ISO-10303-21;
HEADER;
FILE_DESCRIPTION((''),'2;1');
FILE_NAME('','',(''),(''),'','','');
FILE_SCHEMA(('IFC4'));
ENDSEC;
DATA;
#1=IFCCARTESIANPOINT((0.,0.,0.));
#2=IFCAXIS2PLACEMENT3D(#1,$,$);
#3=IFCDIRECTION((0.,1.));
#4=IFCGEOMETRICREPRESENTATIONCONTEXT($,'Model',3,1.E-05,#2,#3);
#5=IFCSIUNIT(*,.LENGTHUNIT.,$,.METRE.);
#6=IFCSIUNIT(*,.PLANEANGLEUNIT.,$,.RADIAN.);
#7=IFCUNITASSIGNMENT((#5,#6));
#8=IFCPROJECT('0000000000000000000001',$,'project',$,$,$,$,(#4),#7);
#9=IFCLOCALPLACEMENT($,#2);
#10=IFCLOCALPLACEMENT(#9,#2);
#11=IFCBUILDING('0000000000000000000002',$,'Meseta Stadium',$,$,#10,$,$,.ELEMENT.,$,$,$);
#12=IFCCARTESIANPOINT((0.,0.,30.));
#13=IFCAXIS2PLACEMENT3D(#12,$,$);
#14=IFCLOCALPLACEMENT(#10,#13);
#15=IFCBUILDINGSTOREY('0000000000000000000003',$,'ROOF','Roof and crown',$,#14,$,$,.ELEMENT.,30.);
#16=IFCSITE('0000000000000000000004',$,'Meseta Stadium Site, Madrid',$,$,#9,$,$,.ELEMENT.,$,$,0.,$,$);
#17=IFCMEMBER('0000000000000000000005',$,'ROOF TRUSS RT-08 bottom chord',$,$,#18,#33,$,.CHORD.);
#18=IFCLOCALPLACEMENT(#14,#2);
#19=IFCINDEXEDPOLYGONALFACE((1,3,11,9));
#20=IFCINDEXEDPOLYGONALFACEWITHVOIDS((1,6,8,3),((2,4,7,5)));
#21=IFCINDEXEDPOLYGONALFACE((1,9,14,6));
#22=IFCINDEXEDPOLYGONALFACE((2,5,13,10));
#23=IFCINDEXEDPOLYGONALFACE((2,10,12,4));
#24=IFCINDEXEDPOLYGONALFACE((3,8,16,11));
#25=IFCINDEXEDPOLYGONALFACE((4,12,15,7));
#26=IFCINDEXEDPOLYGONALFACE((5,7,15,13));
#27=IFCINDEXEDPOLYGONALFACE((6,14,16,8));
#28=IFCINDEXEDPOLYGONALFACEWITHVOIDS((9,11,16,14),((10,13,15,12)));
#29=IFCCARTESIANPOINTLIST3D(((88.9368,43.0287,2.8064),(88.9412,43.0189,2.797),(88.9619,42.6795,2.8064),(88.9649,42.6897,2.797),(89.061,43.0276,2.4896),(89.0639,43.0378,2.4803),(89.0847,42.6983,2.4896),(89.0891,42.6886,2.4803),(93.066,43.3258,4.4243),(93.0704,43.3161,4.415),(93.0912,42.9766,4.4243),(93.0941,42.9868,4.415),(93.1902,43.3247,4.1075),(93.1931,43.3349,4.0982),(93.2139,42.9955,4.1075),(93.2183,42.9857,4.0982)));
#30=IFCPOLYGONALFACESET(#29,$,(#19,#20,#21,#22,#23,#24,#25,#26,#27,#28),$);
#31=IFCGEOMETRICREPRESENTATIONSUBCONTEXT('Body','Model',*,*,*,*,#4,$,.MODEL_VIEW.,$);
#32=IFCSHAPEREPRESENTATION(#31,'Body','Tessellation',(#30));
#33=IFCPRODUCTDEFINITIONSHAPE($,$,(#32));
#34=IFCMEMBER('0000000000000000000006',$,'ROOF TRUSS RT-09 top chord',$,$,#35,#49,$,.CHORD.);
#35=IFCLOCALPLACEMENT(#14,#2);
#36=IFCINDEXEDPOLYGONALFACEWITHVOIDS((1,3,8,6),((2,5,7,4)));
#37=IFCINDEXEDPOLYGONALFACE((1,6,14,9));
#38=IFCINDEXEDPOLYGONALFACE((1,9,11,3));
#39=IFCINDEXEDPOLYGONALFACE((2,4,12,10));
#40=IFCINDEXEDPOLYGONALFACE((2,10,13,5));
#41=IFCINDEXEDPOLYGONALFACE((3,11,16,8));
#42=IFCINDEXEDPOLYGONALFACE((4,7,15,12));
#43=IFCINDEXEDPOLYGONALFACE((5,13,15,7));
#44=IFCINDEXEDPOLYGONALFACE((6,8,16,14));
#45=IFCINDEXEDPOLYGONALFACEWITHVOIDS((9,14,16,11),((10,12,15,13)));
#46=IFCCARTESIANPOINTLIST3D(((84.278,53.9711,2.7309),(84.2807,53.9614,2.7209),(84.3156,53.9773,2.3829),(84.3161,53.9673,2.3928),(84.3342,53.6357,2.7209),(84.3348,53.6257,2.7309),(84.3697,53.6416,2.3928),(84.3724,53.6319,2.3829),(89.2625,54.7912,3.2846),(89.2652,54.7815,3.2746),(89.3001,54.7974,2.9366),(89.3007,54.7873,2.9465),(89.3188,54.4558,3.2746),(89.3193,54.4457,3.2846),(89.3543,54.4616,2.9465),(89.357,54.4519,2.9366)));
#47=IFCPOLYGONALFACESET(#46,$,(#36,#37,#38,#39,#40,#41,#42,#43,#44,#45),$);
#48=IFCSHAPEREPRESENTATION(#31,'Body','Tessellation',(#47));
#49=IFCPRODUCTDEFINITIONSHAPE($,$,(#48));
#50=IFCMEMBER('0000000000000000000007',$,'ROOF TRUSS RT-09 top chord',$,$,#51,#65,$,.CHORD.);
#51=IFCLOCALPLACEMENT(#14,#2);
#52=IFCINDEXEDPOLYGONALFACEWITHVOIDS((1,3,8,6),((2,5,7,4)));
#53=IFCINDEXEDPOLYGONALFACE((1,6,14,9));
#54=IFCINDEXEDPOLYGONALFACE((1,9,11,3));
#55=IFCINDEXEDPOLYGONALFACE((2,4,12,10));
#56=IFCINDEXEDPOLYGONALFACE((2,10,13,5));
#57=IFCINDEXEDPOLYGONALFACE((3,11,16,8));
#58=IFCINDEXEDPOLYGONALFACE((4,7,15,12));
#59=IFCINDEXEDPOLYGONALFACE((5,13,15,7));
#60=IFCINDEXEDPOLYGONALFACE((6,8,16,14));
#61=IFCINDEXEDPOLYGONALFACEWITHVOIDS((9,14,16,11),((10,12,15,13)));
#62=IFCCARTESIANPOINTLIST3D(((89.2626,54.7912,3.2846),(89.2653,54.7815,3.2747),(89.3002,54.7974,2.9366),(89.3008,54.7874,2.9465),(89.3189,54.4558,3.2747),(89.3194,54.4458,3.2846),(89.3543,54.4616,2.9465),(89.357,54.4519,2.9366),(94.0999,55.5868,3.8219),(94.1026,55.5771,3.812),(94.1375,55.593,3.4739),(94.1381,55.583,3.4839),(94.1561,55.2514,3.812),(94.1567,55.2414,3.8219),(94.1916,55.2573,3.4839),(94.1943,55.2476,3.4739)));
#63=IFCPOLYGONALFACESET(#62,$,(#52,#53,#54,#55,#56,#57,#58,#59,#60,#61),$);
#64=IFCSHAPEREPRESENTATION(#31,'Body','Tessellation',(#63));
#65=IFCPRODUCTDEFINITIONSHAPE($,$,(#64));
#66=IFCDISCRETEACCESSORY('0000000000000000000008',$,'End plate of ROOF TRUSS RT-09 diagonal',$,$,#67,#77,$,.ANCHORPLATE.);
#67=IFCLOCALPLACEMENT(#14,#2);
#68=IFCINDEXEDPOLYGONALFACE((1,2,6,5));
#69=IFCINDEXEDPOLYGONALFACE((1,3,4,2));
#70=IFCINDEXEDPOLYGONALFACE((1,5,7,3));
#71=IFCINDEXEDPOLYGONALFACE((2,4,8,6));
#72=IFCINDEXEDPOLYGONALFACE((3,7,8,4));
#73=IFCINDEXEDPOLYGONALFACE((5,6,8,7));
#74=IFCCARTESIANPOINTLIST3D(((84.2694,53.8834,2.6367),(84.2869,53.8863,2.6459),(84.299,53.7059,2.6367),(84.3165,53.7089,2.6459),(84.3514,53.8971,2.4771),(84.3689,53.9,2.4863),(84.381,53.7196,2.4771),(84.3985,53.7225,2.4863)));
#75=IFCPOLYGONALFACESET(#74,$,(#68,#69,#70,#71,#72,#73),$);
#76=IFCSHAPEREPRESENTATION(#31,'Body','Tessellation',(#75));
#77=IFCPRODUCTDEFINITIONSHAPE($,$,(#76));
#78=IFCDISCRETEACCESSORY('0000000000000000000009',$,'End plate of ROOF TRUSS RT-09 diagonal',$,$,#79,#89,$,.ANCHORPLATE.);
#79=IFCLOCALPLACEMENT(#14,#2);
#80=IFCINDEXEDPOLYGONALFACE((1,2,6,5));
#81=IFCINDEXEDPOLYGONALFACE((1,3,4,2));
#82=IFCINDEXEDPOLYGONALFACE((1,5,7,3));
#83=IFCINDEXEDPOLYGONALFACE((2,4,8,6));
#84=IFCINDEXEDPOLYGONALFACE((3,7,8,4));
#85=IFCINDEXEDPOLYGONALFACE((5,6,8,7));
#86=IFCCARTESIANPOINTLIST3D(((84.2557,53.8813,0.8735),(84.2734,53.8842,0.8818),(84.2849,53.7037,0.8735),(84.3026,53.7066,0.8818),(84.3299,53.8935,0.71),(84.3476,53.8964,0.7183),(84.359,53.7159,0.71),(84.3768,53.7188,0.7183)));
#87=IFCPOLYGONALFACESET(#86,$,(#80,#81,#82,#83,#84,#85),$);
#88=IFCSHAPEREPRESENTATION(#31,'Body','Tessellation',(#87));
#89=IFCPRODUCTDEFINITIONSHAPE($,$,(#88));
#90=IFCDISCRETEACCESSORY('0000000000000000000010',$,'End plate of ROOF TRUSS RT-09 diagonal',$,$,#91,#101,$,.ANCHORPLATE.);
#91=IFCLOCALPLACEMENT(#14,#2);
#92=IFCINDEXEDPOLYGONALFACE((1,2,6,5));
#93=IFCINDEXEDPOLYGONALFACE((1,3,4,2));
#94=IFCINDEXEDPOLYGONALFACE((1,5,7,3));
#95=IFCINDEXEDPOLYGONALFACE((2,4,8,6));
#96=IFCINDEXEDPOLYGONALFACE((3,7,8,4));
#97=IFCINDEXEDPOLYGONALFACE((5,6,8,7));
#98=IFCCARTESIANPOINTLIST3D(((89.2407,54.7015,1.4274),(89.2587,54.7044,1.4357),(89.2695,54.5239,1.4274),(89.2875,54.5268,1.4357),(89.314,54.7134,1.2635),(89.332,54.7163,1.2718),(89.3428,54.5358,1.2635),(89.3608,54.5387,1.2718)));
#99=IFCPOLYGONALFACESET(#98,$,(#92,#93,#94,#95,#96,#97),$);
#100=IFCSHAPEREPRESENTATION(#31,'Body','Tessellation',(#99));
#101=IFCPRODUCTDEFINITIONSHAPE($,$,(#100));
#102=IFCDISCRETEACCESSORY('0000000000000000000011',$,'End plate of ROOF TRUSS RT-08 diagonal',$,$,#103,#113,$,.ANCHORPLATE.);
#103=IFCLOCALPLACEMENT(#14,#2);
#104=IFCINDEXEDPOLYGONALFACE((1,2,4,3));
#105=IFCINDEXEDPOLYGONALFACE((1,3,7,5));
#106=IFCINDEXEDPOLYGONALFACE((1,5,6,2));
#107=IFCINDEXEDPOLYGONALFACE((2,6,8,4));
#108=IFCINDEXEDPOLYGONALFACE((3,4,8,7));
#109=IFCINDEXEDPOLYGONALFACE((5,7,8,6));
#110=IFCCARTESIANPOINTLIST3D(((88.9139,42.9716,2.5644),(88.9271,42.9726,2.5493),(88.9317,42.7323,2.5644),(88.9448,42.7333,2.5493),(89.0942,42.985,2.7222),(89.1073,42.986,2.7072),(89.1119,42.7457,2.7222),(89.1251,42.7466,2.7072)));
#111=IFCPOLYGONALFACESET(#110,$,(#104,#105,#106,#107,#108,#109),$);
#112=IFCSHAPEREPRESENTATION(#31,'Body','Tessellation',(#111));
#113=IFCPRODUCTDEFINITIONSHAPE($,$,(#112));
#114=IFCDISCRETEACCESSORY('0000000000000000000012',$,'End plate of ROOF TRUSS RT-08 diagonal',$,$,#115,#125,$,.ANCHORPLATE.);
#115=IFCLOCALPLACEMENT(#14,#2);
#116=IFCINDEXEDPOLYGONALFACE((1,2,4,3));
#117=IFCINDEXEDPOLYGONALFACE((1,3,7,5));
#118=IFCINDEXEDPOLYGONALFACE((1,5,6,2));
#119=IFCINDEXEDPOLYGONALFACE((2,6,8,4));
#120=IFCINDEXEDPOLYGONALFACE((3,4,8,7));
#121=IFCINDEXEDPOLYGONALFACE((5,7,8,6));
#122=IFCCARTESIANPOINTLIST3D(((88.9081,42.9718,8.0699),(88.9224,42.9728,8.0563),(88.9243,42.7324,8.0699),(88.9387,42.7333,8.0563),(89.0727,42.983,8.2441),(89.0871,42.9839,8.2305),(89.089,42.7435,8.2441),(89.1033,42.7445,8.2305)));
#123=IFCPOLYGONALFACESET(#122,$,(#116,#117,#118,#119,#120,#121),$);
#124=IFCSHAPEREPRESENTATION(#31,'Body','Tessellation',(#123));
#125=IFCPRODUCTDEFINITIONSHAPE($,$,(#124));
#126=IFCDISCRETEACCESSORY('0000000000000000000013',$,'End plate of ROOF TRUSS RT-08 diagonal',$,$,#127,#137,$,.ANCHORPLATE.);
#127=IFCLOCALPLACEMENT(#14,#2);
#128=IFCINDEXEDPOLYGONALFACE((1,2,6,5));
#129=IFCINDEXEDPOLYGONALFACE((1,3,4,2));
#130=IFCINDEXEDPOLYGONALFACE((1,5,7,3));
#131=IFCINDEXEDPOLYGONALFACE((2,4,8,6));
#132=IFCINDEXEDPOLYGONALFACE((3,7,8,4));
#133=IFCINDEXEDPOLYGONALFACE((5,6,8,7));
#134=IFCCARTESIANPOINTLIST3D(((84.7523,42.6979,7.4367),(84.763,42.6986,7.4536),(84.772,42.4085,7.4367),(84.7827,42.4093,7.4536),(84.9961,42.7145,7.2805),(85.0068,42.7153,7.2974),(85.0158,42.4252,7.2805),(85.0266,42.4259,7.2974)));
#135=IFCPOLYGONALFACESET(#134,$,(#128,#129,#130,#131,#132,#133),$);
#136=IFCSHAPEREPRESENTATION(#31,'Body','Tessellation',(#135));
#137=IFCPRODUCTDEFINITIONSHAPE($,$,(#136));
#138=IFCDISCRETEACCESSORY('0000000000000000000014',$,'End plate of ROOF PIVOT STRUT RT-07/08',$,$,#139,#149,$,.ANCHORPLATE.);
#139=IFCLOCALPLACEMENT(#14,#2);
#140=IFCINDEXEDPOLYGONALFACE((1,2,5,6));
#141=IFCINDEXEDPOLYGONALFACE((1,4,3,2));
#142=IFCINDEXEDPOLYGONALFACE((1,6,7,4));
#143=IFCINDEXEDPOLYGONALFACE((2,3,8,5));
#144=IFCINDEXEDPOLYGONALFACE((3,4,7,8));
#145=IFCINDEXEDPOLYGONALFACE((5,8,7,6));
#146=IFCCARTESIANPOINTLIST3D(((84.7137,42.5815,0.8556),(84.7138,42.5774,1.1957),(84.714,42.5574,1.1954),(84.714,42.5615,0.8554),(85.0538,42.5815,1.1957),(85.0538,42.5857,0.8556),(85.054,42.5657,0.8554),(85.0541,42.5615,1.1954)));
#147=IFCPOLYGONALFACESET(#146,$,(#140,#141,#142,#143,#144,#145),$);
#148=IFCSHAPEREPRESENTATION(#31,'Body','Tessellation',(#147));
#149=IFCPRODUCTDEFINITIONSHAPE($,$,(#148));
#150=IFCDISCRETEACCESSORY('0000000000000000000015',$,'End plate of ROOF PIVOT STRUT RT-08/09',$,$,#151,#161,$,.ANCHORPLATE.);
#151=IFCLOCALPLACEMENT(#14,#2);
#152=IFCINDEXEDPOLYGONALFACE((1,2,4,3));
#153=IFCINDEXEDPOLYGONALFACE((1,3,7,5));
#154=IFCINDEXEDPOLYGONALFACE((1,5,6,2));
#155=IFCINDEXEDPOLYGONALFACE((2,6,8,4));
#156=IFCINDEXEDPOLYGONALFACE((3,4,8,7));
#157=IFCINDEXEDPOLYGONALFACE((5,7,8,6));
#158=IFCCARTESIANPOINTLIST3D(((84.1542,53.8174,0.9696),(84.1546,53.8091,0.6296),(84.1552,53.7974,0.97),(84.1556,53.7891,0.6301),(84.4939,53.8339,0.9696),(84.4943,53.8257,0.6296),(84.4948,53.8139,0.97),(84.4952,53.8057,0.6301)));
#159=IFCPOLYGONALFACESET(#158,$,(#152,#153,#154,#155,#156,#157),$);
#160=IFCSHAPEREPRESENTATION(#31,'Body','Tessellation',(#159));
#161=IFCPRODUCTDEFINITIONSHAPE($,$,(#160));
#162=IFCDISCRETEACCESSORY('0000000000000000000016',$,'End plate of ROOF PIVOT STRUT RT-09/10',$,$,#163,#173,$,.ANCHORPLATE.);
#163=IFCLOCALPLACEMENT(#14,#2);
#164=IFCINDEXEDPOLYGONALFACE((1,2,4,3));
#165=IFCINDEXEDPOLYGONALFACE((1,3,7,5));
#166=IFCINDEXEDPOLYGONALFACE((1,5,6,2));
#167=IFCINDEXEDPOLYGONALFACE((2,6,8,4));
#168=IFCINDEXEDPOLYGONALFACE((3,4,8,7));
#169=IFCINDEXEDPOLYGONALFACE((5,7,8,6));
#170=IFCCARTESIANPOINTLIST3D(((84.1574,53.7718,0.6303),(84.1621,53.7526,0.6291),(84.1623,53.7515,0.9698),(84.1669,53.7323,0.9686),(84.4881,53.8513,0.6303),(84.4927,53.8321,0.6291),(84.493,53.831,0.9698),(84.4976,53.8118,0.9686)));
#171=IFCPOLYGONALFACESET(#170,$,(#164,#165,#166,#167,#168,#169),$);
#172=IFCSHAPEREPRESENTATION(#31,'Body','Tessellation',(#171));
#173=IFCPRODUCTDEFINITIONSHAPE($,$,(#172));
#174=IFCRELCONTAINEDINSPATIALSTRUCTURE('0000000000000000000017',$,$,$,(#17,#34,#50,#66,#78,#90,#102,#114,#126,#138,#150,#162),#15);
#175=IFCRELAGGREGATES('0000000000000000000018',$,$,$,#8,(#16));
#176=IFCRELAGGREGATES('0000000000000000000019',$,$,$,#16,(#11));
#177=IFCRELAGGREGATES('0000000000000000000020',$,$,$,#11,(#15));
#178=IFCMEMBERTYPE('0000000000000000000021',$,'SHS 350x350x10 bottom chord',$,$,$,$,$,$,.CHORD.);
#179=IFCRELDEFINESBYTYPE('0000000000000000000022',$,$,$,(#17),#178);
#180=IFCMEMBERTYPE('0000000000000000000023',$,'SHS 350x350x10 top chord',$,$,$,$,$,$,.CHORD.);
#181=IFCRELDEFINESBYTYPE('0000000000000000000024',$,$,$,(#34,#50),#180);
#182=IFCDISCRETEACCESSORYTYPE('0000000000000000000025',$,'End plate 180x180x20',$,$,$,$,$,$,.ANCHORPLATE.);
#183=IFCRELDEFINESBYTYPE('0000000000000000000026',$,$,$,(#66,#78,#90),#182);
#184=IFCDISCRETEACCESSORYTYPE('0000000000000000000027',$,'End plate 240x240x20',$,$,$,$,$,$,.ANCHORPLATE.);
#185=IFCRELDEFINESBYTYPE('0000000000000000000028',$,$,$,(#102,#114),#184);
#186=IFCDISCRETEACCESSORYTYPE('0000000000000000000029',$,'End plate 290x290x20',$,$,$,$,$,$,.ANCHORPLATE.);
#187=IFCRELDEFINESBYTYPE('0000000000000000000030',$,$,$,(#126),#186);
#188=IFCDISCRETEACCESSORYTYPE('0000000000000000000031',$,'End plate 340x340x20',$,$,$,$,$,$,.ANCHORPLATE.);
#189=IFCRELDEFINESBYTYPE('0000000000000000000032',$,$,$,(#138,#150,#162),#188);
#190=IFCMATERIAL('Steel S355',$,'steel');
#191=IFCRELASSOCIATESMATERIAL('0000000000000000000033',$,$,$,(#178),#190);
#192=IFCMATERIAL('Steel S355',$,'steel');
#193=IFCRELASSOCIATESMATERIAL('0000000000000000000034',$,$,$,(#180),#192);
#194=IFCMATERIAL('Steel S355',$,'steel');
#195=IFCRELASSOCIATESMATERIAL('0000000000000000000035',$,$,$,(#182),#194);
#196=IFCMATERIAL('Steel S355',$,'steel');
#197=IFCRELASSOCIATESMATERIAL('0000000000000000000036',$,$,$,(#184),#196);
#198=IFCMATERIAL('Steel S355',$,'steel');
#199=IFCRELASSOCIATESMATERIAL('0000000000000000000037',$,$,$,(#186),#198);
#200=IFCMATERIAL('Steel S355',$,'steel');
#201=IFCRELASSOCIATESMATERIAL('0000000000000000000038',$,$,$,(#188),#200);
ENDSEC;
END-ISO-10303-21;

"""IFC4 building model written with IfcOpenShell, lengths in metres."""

from ifc_helpers import new_model, si_unit, direction, frame, origin, origin_2d, place, context, subcontext, project, spatial, rectangle, hollow_rectangle, extrude, material, material_profile, profile_set, type_object, element, save


model = new_model("IFC4")

# Units and contexts
model_context = context("Model", 3, precision=1e-05, world=origin(), true_north=direction((0.0, 1.0)))
body_context = subcontext(model_context, "Body", "Model", "MODEL_VIEW")
ifc_project = project(units=[si_unit("LENGTHUNIT", "METRE"), si_unit("PLANEANGLEUNIT", "RADIAN")], contexts=[model_context])

# Site, building, storey
site_placement = place(None, origin())
site = spatial("IfcSite", under=ifc_project, at=site_placement, Name="Meseta Stadium Site, Madrid", CompositionType="ELEMENT", RefElevation=0.0)
building_placement = place(site_placement, origin())
building = spatial("IfcBuilding", under=site, at=building_placement, Name="Meseta Stadium", CompositionType="ELEMENT")
storey_placement = place(building_placement, frame((0.0, 0.0, 30.0)))
storey = spatial("IfcBuildingStorey", under=building, at=storey_placement, Name="ROOF", Description="Roof and crown", CompositionType="ELEMENT", Elevation=30.0)

# Members
ifc_material_1 = material(Name="Steel S355", Category="steel")
ifc_material_profile_1 = material_profile(ifc_material_1, hollow_rectangle(XDim=0.3501, YDim=0.3501, WallThickness=0.01, at=origin_2d()), Name="SHS 350x350x10")
ifc_profile_set_1 = profile_set([ifc_material_profile_1], Name="Steel S355")
member_type_1 = type_object("IfcMemberType", Name="SHS 350x350x10 bottom chord", PredefinedType="CHORD", material=ifc_profile_set_1)
member_1_placement = place(storey_placement, frame((89.0129, 42.8586, 2.6433), z_axis=(0.928994, 0.066847, 0.364007), x_axis=(-0.071771, 0.997421, 0.0)))
element("IfcMember", 1, at=member_1_placement, inside=storey, type_object=member_type_1, Name="ROOF TRUSS RT-08 bottom chord", PredefinedType="CHORD", context=body_context, shape_type="SweptSolid", body=[
    extrude(hollow_rectangle(XDim=0.3501, YDim=0.3501, WallThickness=0.01, at=origin_2d()), origin(), (0.0, 0.0, 1.0), 4.4448),
])
ifc_material_2 = material(Name="Steel S355", Category="steel")
ifc_material_profile_2 = material_profile(ifc_material_2, hollow_rectangle(XDim=0.3501, YDim=0.3501, WallThickness=0.01, at=origin_2d()), Name="SHS 350x350x10")
ifc_profile_set_2 = profile_set([ifc_material_profile_2], Name="Steel S355")
member_type_2 = type_object("IfcMemberType", Name="SHS 350x350x10 top chord", PredefinedType="CHORD", material=ifc_profile_set_2)
member_2_placement = place(storey_placement, frame((84.3252, 53.8015, 2.5569), z_axis=(0.980861, 0.161371, 0.108958), x_axis=(-0.162337, 0.986735, 0.0)))
element("IfcMember", 2, at=member_2_placement, inside=storey, type_object=member_type_2, Name="ROOF TRUSS RT-09 top chord", PredefinedType="CHORD", context=body_context, shape_type="SweptSolid", body=[
    extrude(hollow_rectangle(XDim=0.3501, YDim=0.3501, WallThickness=0.01, at=origin_2d()), origin(), (0.0, 0.0, 1.0), 5.0818),
])
member_3_placement = place(storey_placement, frame((89.3098, 54.6216, 3.1106), z_axis=(0.980867, 0.161333, 0.108958), x_axis=(-0.162299, 0.986742, 0.0)))
element("IfcMember", 3, at=member_3_placement, inside=storey, type_object=member_type_2, Name="ROOF TRUSS RT-09 top chord", PredefinedType="CHORD", context=body_context, shape_type="SweptSolid", body=[
    extrude(hollow_rectangle(XDim=0.3501, YDim=0.3501, WallThickness=0.01, at=origin_2d()), origin(), (0.0, 0.0, 1.0), 4.9316),
])

# Discrete accessories
ifc_material_3 = material(Name="Steel S355", Category="steel")
ifc_material_profile_3 = material_profile(ifc_material_3, rectangle(XDim=0.1799, YDim=0.1799, at=origin_2d()), Name="PL 180x180")
ifc_profile_set_3 = profile_set([ifc_material_profile_3], Name="Steel S355")
discrete_accessory_type_1 = type_object("IfcDiscreteAccessoryType", Name="End plate 180x180x20", PredefinedType="ANCHORPLATE", material=ifc_profile_set_3)
discrete_accessory_1_placement = place(storey_placement, frame((84.3252, 53.8015, 2.5569), z_axis=(0.874931, 0.145822, 0.461769), x_axis=(-0.164399, 0.986394, 0.0)))
element("IfcDiscreteAccessory", 4, at=discrete_accessory_1_placement, inside=storey, type_object=discrete_accessory_type_1, Name="End plate of ROOF TRUSS RT-09 diagonal", PredefinedType="ANCHORPLATE", context=body_context, shape_type="SweptSolid", body=[
    extrude(rectangle(XDim=0.1799, YDim=0.1799, at=origin_2d()), origin(), (0.0, 0.0, 1.0), 0.02),
])
discrete_accessory_2_placement = place(storey_placement, frame((84.3074, 53.7986, 0.7917), z_axis=(0.8966, 0.147386, 0.417595), x_axis=(-0.162207, 0.986757, 0.0)))
element("IfcDiscreteAccessory", 5, at=discrete_accessory_2_placement, inside=storey, type_object=discrete_accessory_type_1, Name="End plate of ROOF TRUSS RT-09 diagonal", PredefinedType="ANCHORPLATE", context=body_context, shape_type="SweptSolid", body=[
    extrude(rectangle(XDim=0.1799, YDim=0.1799, at=origin_2d()), origin(), (0.0, 0.0, 1.0), 0.0198),
])
discrete_accessory_3_placement = place(storey_placement, frame((89.2917, 54.6187, 1.3455), z_axis=(0.89897, 0.145779, 0.41304), x_axis=(-0.160071, 0.987105, 0.0)))
element("IfcDiscreteAccessory", 6, at=discrete_accessory_3_placement, inside=storey, type_object=discrete_accessory_type_1, Name="End plate of ROOF TRUSS RT-09 diagonal", PredefinedType="ANCHORPLATE", context=body_context, shape_type="SweptSolid", body=[
    extrude(rectangle(XDim=0.1799, YDim=0.1799, at=origin_2d()), origin(), (0.0, 0.0, 1.0), 0.02),
])
ifc_material_4 = material(Name="Steel S355", Category="steel")
ifc_material_profile_4 = material_profile(ifc_material_4, rectangle(XDim=0.24, YDim=0.24, at=origin_2d()), Name="PL 240x240")
ifc_profile_set_4 = profile_set([ifc_material_profile_4], Name="Steel S355")
discrete_accessory_type_2 = type_object("IfcDiscreteAccessoryType", Name="End plate 240x240x20", PredefinedType="ANCHORPLATE", material=ifc_profile_set_4)
discrete_accessory_4_placement = place(storey_placement, frame((89.0129, 42.8586, 2.6433), z_axis=(0.656005, 0.048593, -0.753191), x_axis=(-0.073872, 0.997268, 0.0)))
element("IfcDiscreteAccessory", 7, at=discrete_accessory_4_placement, inside=storey, type_object=discrete_accessory_type_2, Name="End plate of ROOF TRUSS RT-08 diagonal", PredefinedType="ANCHORPLATE", context=body_context, shape_type="SweptSolid", body=[
    extrude(rectangle(XDim=0.24, YDim=0.24, at=origin_2d()), origin(), (0.0, 0.0, 1.0), 0.02),
])
discrete_accessory_5_placement = place(storey_placement, frame((88.9985, 42.8577, 8.157), z_axis=(0.724431, 0.049114, -0.687596), x_axis=(-0.067641, 0.99771, 0.0)))
element("IfcDiscreteAccessory", 8, at=discrete_accessory_5_placement, inside=storey, type_object=discrete_accessory_type_2, Name="End plate of ROOF TRUSS RT-08 diagonal", PredefinedType="ANCHORPLATE", context=body_context, shape_type="SweptSolid", body=[
    extrude(rectangle(XDim=0.24, YDim=0.24, at=origin_2d()), origin(), (0.0, 0.0, 1.0), 0.0198),
])
ifc_material_5 = material(Name="Steel S355", Category="steel")
ifc_material_profile_5 = material_profile(ifc_material_5, rectangle(XDim=0.29, YDim=0.29, at=origin_2d()), Name="PL 290x290")
ifc_profile_set_5 = profile_set([ifc_material_profile_5], Name="Steel S355")
discrete_accessory_type_3 = type_object("IfcDiscreteAccessoryType", Name="End plate 290x290x20", PredefinedType="ANCHORPLATE", material=ifc_profile_set_5)
discrete_accessory_6_placement = place(storey_placement, frame((84.884, 42.5615, 7.3586), z_axis=(0.537305, 0.036634, 0.842592), x_axis=(-0.068024, 0.997684, 0.0)))
element("IfcDiscreteAccessory", 9, at=discrete_accessory_6_placement, inside=storey, type_object=discrete_accessory_type_3, Name="End plate of ROOF TRUSS RT-08 diagonal", PredefinedType="ANCHORPLATE", context=body_context, shape_type="SweptSolid", body=[
    extrude(rectangle(XDim=0.29, YDim=0.29, at=origin_2d()), origin(), (0.0, 0.0, 1.0), 0.02),
])
ifc_material_6 = material(Name="Steel S355", Category="steel")
ifc_material_profile_6 = material_profile(ifc_material_6, rectangle(XDim=0.3401, YDim=0.3401, at=origin_2d()), Name="PL 340x340")
ifc_profile_set_6 = profile_set([ifc_material_profile_6], Name="Steel S355")
discrete_accessory_type_4 = type_object("IfcDiscreteAccessoryType", Name="End plate 340x340x20", PredefinedType="ANCHORPLATE", material=ifc_profile_set_6)
for number, where, z_axis, x_axis, name in (
    (10, (84.884, 42.5615, 1.0254), (-0.012193, 0.999851, 0.012193), (-0.999926, -0.012194, 0.0), "End plate of ROOF PIVOT STRUT RT-07/08"),
    (11, (84.3252, 53.8015, 0.8), (-0.048708, 0.998516, -0.024354), (-0.998812, -0.048723, 0.0), "End plate of ROOF PIVOT STRUT RT-08/09"),
):
    element("IfcDiscreteAccessory", number, at=place(storey_placement, frame(where, z_axis=z_axis, x_axis=x_axis)), inside=storey, type_object=discrete_accessory_type_4, Name=name, PredefinedType="ANCHORPLATE", context=body_context, shape_type="SweptSolid", body=[
        extrude(rectangle(XDim=0.3401, YDim=0.3401, at=origin_2d()), origin(), (0.0, 0.0, 1.0), 0.02),
    ])
discrete_accessory_7_placement = place(storey_placement, frame((84.3298, 53.7822, 0.7988), z_axis=(-0.233397, 0.97044, 0.06142), x_axis=(-0.972275, -0.233838, 0.0)))
element("IfcDiscreteAccessory", 12, at=discrete_accessory_7_placement, inside=storey, type_object=discrete_accessory_type_4, Name="End plate of ROOF PIVOT STRUT RT-09/10", PredefinedType="ANCHORPLATE", context=body_context, shape_type="SweptSolid", body=[
    extrude(rectangle(XDim=0.3401, YDim=0.3401, at=origin_2d()), origin(), (0.0, 0.0, 1.0), 0.0198),
])

save(model, "model.ifc")
